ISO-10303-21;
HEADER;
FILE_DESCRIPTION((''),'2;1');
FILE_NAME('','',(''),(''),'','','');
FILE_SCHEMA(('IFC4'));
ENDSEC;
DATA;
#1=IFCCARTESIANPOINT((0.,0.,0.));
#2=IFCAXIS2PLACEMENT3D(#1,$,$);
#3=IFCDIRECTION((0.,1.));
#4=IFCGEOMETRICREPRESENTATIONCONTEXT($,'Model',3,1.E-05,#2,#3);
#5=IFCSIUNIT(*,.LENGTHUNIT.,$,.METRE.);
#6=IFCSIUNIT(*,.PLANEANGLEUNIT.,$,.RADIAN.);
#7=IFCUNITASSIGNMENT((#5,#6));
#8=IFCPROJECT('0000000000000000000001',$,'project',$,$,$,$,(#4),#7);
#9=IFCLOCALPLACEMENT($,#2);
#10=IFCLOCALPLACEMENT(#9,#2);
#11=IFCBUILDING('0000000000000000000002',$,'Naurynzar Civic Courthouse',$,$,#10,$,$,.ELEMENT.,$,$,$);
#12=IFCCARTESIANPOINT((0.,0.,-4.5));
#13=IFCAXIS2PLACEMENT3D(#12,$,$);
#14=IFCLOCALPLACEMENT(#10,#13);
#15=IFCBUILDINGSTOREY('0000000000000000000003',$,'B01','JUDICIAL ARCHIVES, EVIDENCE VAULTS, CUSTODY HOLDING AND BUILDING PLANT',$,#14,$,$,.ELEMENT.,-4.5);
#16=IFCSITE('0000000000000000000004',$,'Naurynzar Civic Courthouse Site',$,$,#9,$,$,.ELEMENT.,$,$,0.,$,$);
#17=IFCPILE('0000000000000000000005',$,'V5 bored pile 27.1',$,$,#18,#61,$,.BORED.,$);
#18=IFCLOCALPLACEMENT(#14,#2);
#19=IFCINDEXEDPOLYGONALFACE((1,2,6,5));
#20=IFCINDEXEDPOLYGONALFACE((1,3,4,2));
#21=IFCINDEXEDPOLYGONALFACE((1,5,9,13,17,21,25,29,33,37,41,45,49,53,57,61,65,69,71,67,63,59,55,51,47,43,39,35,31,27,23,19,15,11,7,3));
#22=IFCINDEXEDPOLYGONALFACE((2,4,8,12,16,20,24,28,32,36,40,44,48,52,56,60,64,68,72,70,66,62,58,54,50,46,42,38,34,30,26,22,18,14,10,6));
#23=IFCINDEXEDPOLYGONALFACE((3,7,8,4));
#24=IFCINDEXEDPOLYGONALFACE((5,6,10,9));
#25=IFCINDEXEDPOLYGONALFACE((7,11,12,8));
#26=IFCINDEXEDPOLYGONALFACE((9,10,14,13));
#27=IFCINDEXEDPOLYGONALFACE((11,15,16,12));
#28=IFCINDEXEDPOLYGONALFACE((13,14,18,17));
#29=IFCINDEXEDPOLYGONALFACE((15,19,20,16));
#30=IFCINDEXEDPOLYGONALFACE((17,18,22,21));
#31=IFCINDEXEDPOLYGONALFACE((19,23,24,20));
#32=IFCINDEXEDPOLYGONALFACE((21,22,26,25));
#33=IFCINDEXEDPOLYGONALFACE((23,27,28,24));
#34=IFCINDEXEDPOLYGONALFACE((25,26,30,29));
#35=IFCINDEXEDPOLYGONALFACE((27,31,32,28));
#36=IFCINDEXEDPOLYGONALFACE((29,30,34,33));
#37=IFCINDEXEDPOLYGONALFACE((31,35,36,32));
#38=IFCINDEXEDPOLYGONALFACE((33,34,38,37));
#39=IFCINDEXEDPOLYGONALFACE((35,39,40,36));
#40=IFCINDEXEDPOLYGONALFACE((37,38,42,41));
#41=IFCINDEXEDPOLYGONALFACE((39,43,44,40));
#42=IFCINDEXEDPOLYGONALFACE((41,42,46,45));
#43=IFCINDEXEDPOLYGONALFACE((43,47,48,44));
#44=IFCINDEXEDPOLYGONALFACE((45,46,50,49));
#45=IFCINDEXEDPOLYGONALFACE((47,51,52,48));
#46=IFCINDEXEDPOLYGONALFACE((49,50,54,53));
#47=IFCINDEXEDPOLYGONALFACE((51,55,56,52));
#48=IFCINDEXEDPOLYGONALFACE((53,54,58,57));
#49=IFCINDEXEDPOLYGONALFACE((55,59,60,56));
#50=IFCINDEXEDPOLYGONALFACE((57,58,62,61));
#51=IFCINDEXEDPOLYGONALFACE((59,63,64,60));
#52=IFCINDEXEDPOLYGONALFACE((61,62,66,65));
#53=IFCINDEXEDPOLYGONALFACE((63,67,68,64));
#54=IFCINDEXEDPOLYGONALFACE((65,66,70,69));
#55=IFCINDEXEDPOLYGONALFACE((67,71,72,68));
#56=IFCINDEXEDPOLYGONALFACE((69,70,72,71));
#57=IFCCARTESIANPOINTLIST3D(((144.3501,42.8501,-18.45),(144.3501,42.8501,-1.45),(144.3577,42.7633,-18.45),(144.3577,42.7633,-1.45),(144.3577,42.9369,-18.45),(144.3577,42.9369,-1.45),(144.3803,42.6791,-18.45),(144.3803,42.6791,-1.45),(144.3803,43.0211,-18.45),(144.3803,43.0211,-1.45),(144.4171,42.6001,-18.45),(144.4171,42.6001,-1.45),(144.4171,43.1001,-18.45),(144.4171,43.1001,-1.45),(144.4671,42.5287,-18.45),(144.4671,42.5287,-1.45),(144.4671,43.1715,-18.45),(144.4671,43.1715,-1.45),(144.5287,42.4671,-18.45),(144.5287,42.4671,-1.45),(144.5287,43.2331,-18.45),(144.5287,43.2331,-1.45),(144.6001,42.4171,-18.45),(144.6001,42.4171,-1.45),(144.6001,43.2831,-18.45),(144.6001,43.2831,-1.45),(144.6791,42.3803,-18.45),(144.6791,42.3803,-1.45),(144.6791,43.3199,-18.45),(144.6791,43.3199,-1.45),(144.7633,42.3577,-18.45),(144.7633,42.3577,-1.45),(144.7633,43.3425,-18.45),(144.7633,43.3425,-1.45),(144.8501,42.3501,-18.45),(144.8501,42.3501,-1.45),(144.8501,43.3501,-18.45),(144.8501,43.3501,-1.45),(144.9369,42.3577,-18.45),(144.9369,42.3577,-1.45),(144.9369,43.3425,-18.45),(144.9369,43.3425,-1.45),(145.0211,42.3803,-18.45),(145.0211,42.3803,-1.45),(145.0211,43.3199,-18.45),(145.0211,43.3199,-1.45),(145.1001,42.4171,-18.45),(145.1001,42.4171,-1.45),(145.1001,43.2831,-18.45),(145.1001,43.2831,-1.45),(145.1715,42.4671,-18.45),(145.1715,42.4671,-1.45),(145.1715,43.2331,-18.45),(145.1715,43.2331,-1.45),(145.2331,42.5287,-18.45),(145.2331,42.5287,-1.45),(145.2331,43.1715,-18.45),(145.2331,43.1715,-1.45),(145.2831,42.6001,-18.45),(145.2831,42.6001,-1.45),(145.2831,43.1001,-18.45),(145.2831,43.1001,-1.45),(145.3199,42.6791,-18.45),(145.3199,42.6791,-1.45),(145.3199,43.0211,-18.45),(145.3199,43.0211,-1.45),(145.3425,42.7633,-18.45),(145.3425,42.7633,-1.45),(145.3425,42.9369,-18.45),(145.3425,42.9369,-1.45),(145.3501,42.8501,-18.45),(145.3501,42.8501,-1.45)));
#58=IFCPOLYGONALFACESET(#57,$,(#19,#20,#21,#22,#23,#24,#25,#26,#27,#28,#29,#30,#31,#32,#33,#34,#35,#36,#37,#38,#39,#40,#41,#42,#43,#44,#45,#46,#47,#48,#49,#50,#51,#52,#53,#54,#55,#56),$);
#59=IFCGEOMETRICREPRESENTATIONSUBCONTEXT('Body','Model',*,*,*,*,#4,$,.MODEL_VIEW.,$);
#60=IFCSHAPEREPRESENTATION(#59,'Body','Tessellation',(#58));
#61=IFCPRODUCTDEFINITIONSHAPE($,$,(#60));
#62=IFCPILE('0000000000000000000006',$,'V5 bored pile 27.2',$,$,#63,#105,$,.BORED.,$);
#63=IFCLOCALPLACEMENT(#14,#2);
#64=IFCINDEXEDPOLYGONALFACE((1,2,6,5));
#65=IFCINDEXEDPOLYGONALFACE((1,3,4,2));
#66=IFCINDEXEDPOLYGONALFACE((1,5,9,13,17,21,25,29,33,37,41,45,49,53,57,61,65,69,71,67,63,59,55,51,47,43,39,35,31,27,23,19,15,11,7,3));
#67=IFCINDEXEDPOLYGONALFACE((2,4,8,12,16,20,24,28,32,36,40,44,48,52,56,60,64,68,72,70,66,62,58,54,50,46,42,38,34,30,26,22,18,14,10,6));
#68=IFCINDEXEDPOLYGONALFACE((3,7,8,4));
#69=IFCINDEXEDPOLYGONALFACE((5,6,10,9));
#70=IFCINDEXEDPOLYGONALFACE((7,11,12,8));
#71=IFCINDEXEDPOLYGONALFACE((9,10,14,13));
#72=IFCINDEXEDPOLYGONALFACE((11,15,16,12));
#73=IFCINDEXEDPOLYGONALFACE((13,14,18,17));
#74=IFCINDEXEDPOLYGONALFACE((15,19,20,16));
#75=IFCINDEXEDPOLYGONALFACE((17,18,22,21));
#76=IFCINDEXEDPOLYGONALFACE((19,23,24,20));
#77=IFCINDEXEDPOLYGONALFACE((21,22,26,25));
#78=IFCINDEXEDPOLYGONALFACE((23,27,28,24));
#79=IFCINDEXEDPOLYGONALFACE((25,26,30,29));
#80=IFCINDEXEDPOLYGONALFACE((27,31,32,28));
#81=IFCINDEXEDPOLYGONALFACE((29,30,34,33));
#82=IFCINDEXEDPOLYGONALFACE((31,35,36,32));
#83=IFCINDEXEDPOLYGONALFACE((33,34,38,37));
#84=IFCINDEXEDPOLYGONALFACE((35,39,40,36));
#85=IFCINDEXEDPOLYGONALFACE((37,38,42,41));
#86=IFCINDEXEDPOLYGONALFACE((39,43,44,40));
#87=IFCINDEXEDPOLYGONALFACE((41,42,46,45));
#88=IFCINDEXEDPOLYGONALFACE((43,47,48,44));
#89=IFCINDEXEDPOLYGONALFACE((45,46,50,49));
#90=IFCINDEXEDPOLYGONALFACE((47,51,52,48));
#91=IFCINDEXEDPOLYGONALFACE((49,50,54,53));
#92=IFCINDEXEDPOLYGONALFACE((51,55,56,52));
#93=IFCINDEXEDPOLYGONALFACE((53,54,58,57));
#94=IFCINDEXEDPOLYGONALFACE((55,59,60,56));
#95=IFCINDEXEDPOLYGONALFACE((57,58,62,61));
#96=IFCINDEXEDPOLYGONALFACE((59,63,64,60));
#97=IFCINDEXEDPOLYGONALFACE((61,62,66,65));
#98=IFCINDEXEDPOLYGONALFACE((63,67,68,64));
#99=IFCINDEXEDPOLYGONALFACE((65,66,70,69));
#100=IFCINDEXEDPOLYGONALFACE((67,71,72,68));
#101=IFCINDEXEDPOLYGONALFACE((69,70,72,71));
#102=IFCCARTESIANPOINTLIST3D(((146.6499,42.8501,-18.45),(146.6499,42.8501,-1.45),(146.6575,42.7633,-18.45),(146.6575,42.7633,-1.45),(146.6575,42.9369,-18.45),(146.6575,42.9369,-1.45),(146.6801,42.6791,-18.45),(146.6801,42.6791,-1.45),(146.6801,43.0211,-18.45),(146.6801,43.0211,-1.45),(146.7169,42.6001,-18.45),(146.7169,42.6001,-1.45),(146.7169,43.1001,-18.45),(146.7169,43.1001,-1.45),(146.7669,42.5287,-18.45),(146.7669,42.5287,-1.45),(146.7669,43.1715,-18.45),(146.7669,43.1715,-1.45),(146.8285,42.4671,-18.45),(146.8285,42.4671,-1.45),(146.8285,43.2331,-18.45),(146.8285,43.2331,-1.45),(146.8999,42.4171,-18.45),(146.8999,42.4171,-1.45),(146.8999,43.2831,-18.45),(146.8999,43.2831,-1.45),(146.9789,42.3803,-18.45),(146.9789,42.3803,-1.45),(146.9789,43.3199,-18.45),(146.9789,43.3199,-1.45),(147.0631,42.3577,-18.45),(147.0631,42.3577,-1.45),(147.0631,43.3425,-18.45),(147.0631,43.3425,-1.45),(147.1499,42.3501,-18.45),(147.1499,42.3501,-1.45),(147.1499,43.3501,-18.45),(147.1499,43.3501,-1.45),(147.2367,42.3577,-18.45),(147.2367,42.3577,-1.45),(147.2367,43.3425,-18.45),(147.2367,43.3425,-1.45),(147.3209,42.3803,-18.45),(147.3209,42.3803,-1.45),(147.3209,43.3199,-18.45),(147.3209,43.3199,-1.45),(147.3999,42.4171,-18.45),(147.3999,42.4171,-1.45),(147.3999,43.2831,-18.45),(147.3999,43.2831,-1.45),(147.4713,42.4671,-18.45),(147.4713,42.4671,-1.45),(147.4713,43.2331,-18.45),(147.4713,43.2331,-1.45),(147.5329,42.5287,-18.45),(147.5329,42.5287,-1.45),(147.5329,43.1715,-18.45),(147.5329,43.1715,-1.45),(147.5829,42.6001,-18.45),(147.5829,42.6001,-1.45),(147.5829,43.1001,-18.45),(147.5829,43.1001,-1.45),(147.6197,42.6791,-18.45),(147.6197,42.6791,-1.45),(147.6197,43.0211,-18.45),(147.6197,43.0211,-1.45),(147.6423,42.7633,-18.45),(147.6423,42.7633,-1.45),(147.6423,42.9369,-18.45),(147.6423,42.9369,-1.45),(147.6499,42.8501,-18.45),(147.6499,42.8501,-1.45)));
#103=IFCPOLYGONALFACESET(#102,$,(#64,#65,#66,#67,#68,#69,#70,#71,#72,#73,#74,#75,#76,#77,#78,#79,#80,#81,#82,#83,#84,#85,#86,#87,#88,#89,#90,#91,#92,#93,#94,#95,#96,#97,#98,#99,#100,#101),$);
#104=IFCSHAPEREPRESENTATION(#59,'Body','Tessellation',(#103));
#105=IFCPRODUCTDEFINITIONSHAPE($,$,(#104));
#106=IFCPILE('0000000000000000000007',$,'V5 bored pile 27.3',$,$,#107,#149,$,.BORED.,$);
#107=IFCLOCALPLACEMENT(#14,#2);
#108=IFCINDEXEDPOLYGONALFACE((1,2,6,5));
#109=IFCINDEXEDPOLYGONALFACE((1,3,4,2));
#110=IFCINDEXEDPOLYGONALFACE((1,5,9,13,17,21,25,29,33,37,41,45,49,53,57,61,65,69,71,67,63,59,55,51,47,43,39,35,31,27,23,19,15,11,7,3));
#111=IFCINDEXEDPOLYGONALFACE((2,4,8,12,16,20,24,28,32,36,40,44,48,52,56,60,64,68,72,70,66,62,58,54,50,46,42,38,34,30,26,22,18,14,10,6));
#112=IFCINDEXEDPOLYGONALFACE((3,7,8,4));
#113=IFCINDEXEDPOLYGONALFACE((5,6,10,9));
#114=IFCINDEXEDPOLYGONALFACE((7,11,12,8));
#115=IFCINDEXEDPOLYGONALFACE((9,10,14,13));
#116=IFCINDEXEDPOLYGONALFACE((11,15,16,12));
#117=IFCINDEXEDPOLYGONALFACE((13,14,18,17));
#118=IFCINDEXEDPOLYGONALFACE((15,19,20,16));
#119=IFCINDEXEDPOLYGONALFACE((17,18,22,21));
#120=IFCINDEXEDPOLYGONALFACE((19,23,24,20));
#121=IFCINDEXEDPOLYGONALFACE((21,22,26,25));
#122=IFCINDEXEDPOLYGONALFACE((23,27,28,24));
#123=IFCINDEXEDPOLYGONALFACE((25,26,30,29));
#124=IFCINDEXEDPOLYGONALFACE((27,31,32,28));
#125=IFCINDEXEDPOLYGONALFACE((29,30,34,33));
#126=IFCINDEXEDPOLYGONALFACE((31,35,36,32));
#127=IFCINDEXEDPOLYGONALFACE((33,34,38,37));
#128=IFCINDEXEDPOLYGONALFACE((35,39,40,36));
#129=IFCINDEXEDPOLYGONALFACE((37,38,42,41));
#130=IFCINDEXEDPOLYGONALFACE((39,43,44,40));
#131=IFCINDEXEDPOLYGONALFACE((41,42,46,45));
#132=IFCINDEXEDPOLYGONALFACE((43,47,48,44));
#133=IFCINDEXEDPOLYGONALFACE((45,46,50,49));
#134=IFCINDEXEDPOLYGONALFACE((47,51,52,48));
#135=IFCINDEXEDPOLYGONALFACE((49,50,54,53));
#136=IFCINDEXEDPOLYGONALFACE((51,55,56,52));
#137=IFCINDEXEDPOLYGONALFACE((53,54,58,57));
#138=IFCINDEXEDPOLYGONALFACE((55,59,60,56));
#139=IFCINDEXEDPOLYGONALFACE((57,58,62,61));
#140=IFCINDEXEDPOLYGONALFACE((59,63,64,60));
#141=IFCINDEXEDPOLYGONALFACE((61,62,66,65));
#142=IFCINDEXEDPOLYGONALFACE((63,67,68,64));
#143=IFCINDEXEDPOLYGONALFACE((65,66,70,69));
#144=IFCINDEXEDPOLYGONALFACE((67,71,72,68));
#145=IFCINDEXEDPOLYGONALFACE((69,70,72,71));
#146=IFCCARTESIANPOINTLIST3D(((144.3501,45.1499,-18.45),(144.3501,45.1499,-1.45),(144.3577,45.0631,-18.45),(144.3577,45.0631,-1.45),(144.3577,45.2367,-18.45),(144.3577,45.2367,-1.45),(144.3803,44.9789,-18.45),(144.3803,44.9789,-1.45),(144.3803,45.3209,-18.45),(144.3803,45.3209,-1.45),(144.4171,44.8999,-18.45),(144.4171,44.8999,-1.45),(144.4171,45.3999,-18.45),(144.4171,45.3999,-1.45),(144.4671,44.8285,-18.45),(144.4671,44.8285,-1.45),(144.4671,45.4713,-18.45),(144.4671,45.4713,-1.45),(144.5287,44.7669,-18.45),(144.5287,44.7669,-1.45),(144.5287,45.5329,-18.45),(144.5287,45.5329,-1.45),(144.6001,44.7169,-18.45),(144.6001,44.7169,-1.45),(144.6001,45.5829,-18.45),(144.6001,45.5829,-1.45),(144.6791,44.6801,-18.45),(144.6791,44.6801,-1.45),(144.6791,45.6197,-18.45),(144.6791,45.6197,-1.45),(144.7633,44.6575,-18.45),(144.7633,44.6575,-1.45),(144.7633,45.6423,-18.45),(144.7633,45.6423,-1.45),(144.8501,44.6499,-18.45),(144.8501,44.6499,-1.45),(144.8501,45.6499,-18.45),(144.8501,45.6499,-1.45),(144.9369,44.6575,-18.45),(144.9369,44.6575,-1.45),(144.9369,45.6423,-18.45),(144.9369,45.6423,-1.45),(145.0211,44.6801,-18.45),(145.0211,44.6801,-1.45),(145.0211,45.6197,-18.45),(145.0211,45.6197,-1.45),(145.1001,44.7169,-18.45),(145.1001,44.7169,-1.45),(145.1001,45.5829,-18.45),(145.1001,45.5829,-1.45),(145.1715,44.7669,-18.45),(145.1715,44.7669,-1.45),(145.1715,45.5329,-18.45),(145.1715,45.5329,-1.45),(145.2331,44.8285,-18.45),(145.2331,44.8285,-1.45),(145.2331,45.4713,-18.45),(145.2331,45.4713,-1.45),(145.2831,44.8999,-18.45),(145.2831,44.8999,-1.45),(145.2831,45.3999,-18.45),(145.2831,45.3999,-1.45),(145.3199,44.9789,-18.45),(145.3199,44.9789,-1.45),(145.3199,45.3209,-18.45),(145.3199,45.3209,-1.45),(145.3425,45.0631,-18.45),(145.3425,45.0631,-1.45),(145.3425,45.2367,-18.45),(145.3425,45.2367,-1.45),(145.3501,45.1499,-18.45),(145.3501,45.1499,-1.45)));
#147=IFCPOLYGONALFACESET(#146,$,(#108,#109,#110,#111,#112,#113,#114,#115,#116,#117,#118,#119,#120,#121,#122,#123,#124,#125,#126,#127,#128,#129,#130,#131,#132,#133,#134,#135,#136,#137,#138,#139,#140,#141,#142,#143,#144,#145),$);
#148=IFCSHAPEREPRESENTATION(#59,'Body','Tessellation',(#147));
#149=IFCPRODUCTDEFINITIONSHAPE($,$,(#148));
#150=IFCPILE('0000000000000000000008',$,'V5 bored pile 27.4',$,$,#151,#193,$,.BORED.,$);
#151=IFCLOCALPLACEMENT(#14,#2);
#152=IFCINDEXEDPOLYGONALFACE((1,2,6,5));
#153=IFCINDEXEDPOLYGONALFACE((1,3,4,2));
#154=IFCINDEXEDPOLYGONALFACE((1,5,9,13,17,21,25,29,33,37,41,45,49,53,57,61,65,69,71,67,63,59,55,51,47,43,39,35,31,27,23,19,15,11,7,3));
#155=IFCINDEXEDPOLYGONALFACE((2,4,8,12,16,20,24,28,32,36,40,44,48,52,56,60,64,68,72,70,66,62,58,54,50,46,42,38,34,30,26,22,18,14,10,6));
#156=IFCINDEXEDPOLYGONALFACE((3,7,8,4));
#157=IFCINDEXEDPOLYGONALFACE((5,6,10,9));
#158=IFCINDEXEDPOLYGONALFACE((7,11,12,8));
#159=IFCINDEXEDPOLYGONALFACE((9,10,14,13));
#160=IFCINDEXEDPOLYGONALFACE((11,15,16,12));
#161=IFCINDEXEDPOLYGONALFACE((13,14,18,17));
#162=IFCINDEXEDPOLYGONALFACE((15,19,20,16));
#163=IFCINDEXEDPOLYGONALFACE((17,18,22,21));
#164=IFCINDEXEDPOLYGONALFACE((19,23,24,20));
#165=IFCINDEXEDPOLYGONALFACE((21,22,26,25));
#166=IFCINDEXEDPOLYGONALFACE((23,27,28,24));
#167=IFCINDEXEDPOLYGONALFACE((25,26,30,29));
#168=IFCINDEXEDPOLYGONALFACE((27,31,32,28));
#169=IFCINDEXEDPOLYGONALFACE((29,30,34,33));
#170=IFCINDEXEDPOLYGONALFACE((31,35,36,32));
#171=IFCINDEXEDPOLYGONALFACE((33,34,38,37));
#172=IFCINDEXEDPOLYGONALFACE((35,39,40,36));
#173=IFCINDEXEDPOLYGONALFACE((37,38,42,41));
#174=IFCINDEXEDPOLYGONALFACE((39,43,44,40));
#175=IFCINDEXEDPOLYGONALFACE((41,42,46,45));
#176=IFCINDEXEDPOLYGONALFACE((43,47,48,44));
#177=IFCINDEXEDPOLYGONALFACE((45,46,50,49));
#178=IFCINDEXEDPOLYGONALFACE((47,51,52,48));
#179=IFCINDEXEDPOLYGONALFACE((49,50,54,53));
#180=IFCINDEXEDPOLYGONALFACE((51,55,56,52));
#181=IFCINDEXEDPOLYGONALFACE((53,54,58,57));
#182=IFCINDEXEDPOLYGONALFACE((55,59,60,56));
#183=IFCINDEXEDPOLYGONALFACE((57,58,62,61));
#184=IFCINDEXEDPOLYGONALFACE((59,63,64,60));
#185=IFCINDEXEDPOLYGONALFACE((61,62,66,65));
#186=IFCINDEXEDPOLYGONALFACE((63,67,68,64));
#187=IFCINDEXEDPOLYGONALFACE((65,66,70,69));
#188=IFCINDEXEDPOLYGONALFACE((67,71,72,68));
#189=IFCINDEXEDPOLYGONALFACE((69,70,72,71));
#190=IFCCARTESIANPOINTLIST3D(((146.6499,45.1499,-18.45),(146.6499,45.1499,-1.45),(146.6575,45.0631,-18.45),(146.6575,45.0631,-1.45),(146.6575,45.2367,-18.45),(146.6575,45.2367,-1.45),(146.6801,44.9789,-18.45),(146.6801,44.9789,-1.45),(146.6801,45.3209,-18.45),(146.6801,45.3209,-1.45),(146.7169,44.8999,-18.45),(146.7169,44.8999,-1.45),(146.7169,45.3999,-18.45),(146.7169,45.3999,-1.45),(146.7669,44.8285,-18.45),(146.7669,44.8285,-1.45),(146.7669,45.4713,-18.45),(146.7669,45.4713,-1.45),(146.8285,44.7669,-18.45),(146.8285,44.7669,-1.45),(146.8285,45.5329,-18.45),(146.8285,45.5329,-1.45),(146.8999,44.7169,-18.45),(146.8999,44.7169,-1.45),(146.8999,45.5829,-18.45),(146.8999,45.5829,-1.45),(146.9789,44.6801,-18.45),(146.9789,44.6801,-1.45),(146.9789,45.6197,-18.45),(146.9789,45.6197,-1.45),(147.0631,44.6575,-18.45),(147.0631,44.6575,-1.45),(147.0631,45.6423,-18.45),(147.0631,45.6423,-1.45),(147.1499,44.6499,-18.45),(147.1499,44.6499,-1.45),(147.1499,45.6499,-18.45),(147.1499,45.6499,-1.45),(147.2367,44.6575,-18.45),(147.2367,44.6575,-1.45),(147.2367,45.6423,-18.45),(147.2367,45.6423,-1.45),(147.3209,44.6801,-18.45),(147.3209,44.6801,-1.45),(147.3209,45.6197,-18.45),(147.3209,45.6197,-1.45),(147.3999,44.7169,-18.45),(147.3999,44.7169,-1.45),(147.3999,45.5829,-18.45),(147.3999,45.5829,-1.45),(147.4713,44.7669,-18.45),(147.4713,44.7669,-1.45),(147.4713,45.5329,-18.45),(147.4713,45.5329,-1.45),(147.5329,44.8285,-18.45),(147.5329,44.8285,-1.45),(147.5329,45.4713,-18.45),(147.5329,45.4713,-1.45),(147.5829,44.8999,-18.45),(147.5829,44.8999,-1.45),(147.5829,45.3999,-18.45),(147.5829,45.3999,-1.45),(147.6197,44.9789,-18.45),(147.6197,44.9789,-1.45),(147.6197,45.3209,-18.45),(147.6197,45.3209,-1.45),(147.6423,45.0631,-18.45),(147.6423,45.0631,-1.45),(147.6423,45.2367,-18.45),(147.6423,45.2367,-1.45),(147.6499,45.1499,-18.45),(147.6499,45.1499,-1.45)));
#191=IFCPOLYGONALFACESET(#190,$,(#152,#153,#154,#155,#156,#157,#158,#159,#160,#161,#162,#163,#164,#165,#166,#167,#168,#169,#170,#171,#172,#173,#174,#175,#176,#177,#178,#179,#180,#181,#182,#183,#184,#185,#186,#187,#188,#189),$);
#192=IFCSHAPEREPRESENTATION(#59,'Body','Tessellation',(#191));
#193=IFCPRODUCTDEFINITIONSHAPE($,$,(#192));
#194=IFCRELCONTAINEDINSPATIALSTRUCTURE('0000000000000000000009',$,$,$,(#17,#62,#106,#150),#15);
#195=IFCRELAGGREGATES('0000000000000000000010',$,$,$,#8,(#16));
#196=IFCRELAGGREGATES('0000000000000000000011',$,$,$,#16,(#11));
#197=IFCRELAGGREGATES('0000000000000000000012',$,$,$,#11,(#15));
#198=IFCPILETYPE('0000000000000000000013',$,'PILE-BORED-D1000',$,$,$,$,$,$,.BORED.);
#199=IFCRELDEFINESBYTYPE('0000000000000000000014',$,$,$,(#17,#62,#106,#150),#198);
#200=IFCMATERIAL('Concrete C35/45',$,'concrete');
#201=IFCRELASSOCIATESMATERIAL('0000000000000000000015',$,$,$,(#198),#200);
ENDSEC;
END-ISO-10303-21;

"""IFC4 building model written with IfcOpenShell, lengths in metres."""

from ifc_helpers import new_model, si_unit, direction, frame, origin, origin_2d, place, context, subcontext, project, spatial, circle, extrude, material, material_profile, profile_set, type_object, element, save


model = new_model("IFC4")

# Units and contexts
model_context = context("Model", 3, precision=1e-05, world=origin(), true_north=direction((0.0, 1.0)))
body_context = subcontext(model_context, "Body", "Model", "MODEL_VIEW")
ifc_project = project(units=[si_unit("LENGTHUNIT", "METRE"), si_unit("PLANEANGLEUNIT", "RADIAN")], contexts=[model_context])

# Site, building, storey
site_placement = place(None, origin())
site = spatial("IfcSite", under=ifc_project, at=site_placement, Name="Naurynzar Civic Courthouse Site", CompositionType="ELEMENT", RefElevation=0.0)
building_placement = place(site_placement, origin())
building = spatial("IfcBuilding", under=site, at=building_placement, Name="Naurynzar Civic Courthouse", CompositionType="ELEMENT")
storey_placement = place(building_placement, frame((0.0, 0.0, -4.5)))
storey = spatial("IfcBuildingStorey", under=building, at=storey_placement, Name="B01", Description="JUDICIAL ARCHIVES, EVIDENCE VAULTS, CUSTODY HOLDING AND BUILDING PLANT", CompositionType="ELEMENT", Elevation=-4.5)

# Piles
ifc_material_1 = material(Name="Concrete C35/45", Category="concrete")
ifc_material_profile_1 = material_profile(ifc_material_1, circle(Radius=0.5, at=origin_2d()), Name="PILE D1000")
ifc_profile_set_1 = profile_set([ifc_material_profile_1], Name="Concrete C35/45")
pile_type = type_object("IfcPileType", Name="PILE-BORED-D1000", PredefinedType="BORED", material=ifc_profile_set_1)
for number, where, z_axis, x_axis, name in (
    (1, (144.8501, 42.8501, -1.45), (0.0, 0.0, -1.0), (1.0, 0.0, 0.0), "V5 bored pile 27.1"),
    (2, (147.1499, 42.8501, -1.45), (0.0, 0.0, -1.0), (1.0, 0.0, 0.0), "V5 bored pile 27.2"),
    (3, (144.8501, 45.1499, -1.45), (0.0, 0.0, -1.0), (1.0, 0.0, 0.0), "V5 bored pile 27.3"),
    (4, (147.1499, 45.1499, -1.45), (0.0, 0.0, -1.0), (1.0, 0.0, 0.0), "V5 bored pile 27.4"),
):
    element("IfcPile", number, at=place(storey_placement, frame(where, z_axis=z_axis, x_axis=x_axis)), inside=storey, type_object=pile_type, Name=name, PredefinedType="BORED", context=body_context, shape_type="SweptSolid", body=[
        extrude(circle(Radius=0.5, at=origin_2d()), origin(), (0.0, 0.0, 1.0), 17.0),
    ])

save(model, "model.ifc")
